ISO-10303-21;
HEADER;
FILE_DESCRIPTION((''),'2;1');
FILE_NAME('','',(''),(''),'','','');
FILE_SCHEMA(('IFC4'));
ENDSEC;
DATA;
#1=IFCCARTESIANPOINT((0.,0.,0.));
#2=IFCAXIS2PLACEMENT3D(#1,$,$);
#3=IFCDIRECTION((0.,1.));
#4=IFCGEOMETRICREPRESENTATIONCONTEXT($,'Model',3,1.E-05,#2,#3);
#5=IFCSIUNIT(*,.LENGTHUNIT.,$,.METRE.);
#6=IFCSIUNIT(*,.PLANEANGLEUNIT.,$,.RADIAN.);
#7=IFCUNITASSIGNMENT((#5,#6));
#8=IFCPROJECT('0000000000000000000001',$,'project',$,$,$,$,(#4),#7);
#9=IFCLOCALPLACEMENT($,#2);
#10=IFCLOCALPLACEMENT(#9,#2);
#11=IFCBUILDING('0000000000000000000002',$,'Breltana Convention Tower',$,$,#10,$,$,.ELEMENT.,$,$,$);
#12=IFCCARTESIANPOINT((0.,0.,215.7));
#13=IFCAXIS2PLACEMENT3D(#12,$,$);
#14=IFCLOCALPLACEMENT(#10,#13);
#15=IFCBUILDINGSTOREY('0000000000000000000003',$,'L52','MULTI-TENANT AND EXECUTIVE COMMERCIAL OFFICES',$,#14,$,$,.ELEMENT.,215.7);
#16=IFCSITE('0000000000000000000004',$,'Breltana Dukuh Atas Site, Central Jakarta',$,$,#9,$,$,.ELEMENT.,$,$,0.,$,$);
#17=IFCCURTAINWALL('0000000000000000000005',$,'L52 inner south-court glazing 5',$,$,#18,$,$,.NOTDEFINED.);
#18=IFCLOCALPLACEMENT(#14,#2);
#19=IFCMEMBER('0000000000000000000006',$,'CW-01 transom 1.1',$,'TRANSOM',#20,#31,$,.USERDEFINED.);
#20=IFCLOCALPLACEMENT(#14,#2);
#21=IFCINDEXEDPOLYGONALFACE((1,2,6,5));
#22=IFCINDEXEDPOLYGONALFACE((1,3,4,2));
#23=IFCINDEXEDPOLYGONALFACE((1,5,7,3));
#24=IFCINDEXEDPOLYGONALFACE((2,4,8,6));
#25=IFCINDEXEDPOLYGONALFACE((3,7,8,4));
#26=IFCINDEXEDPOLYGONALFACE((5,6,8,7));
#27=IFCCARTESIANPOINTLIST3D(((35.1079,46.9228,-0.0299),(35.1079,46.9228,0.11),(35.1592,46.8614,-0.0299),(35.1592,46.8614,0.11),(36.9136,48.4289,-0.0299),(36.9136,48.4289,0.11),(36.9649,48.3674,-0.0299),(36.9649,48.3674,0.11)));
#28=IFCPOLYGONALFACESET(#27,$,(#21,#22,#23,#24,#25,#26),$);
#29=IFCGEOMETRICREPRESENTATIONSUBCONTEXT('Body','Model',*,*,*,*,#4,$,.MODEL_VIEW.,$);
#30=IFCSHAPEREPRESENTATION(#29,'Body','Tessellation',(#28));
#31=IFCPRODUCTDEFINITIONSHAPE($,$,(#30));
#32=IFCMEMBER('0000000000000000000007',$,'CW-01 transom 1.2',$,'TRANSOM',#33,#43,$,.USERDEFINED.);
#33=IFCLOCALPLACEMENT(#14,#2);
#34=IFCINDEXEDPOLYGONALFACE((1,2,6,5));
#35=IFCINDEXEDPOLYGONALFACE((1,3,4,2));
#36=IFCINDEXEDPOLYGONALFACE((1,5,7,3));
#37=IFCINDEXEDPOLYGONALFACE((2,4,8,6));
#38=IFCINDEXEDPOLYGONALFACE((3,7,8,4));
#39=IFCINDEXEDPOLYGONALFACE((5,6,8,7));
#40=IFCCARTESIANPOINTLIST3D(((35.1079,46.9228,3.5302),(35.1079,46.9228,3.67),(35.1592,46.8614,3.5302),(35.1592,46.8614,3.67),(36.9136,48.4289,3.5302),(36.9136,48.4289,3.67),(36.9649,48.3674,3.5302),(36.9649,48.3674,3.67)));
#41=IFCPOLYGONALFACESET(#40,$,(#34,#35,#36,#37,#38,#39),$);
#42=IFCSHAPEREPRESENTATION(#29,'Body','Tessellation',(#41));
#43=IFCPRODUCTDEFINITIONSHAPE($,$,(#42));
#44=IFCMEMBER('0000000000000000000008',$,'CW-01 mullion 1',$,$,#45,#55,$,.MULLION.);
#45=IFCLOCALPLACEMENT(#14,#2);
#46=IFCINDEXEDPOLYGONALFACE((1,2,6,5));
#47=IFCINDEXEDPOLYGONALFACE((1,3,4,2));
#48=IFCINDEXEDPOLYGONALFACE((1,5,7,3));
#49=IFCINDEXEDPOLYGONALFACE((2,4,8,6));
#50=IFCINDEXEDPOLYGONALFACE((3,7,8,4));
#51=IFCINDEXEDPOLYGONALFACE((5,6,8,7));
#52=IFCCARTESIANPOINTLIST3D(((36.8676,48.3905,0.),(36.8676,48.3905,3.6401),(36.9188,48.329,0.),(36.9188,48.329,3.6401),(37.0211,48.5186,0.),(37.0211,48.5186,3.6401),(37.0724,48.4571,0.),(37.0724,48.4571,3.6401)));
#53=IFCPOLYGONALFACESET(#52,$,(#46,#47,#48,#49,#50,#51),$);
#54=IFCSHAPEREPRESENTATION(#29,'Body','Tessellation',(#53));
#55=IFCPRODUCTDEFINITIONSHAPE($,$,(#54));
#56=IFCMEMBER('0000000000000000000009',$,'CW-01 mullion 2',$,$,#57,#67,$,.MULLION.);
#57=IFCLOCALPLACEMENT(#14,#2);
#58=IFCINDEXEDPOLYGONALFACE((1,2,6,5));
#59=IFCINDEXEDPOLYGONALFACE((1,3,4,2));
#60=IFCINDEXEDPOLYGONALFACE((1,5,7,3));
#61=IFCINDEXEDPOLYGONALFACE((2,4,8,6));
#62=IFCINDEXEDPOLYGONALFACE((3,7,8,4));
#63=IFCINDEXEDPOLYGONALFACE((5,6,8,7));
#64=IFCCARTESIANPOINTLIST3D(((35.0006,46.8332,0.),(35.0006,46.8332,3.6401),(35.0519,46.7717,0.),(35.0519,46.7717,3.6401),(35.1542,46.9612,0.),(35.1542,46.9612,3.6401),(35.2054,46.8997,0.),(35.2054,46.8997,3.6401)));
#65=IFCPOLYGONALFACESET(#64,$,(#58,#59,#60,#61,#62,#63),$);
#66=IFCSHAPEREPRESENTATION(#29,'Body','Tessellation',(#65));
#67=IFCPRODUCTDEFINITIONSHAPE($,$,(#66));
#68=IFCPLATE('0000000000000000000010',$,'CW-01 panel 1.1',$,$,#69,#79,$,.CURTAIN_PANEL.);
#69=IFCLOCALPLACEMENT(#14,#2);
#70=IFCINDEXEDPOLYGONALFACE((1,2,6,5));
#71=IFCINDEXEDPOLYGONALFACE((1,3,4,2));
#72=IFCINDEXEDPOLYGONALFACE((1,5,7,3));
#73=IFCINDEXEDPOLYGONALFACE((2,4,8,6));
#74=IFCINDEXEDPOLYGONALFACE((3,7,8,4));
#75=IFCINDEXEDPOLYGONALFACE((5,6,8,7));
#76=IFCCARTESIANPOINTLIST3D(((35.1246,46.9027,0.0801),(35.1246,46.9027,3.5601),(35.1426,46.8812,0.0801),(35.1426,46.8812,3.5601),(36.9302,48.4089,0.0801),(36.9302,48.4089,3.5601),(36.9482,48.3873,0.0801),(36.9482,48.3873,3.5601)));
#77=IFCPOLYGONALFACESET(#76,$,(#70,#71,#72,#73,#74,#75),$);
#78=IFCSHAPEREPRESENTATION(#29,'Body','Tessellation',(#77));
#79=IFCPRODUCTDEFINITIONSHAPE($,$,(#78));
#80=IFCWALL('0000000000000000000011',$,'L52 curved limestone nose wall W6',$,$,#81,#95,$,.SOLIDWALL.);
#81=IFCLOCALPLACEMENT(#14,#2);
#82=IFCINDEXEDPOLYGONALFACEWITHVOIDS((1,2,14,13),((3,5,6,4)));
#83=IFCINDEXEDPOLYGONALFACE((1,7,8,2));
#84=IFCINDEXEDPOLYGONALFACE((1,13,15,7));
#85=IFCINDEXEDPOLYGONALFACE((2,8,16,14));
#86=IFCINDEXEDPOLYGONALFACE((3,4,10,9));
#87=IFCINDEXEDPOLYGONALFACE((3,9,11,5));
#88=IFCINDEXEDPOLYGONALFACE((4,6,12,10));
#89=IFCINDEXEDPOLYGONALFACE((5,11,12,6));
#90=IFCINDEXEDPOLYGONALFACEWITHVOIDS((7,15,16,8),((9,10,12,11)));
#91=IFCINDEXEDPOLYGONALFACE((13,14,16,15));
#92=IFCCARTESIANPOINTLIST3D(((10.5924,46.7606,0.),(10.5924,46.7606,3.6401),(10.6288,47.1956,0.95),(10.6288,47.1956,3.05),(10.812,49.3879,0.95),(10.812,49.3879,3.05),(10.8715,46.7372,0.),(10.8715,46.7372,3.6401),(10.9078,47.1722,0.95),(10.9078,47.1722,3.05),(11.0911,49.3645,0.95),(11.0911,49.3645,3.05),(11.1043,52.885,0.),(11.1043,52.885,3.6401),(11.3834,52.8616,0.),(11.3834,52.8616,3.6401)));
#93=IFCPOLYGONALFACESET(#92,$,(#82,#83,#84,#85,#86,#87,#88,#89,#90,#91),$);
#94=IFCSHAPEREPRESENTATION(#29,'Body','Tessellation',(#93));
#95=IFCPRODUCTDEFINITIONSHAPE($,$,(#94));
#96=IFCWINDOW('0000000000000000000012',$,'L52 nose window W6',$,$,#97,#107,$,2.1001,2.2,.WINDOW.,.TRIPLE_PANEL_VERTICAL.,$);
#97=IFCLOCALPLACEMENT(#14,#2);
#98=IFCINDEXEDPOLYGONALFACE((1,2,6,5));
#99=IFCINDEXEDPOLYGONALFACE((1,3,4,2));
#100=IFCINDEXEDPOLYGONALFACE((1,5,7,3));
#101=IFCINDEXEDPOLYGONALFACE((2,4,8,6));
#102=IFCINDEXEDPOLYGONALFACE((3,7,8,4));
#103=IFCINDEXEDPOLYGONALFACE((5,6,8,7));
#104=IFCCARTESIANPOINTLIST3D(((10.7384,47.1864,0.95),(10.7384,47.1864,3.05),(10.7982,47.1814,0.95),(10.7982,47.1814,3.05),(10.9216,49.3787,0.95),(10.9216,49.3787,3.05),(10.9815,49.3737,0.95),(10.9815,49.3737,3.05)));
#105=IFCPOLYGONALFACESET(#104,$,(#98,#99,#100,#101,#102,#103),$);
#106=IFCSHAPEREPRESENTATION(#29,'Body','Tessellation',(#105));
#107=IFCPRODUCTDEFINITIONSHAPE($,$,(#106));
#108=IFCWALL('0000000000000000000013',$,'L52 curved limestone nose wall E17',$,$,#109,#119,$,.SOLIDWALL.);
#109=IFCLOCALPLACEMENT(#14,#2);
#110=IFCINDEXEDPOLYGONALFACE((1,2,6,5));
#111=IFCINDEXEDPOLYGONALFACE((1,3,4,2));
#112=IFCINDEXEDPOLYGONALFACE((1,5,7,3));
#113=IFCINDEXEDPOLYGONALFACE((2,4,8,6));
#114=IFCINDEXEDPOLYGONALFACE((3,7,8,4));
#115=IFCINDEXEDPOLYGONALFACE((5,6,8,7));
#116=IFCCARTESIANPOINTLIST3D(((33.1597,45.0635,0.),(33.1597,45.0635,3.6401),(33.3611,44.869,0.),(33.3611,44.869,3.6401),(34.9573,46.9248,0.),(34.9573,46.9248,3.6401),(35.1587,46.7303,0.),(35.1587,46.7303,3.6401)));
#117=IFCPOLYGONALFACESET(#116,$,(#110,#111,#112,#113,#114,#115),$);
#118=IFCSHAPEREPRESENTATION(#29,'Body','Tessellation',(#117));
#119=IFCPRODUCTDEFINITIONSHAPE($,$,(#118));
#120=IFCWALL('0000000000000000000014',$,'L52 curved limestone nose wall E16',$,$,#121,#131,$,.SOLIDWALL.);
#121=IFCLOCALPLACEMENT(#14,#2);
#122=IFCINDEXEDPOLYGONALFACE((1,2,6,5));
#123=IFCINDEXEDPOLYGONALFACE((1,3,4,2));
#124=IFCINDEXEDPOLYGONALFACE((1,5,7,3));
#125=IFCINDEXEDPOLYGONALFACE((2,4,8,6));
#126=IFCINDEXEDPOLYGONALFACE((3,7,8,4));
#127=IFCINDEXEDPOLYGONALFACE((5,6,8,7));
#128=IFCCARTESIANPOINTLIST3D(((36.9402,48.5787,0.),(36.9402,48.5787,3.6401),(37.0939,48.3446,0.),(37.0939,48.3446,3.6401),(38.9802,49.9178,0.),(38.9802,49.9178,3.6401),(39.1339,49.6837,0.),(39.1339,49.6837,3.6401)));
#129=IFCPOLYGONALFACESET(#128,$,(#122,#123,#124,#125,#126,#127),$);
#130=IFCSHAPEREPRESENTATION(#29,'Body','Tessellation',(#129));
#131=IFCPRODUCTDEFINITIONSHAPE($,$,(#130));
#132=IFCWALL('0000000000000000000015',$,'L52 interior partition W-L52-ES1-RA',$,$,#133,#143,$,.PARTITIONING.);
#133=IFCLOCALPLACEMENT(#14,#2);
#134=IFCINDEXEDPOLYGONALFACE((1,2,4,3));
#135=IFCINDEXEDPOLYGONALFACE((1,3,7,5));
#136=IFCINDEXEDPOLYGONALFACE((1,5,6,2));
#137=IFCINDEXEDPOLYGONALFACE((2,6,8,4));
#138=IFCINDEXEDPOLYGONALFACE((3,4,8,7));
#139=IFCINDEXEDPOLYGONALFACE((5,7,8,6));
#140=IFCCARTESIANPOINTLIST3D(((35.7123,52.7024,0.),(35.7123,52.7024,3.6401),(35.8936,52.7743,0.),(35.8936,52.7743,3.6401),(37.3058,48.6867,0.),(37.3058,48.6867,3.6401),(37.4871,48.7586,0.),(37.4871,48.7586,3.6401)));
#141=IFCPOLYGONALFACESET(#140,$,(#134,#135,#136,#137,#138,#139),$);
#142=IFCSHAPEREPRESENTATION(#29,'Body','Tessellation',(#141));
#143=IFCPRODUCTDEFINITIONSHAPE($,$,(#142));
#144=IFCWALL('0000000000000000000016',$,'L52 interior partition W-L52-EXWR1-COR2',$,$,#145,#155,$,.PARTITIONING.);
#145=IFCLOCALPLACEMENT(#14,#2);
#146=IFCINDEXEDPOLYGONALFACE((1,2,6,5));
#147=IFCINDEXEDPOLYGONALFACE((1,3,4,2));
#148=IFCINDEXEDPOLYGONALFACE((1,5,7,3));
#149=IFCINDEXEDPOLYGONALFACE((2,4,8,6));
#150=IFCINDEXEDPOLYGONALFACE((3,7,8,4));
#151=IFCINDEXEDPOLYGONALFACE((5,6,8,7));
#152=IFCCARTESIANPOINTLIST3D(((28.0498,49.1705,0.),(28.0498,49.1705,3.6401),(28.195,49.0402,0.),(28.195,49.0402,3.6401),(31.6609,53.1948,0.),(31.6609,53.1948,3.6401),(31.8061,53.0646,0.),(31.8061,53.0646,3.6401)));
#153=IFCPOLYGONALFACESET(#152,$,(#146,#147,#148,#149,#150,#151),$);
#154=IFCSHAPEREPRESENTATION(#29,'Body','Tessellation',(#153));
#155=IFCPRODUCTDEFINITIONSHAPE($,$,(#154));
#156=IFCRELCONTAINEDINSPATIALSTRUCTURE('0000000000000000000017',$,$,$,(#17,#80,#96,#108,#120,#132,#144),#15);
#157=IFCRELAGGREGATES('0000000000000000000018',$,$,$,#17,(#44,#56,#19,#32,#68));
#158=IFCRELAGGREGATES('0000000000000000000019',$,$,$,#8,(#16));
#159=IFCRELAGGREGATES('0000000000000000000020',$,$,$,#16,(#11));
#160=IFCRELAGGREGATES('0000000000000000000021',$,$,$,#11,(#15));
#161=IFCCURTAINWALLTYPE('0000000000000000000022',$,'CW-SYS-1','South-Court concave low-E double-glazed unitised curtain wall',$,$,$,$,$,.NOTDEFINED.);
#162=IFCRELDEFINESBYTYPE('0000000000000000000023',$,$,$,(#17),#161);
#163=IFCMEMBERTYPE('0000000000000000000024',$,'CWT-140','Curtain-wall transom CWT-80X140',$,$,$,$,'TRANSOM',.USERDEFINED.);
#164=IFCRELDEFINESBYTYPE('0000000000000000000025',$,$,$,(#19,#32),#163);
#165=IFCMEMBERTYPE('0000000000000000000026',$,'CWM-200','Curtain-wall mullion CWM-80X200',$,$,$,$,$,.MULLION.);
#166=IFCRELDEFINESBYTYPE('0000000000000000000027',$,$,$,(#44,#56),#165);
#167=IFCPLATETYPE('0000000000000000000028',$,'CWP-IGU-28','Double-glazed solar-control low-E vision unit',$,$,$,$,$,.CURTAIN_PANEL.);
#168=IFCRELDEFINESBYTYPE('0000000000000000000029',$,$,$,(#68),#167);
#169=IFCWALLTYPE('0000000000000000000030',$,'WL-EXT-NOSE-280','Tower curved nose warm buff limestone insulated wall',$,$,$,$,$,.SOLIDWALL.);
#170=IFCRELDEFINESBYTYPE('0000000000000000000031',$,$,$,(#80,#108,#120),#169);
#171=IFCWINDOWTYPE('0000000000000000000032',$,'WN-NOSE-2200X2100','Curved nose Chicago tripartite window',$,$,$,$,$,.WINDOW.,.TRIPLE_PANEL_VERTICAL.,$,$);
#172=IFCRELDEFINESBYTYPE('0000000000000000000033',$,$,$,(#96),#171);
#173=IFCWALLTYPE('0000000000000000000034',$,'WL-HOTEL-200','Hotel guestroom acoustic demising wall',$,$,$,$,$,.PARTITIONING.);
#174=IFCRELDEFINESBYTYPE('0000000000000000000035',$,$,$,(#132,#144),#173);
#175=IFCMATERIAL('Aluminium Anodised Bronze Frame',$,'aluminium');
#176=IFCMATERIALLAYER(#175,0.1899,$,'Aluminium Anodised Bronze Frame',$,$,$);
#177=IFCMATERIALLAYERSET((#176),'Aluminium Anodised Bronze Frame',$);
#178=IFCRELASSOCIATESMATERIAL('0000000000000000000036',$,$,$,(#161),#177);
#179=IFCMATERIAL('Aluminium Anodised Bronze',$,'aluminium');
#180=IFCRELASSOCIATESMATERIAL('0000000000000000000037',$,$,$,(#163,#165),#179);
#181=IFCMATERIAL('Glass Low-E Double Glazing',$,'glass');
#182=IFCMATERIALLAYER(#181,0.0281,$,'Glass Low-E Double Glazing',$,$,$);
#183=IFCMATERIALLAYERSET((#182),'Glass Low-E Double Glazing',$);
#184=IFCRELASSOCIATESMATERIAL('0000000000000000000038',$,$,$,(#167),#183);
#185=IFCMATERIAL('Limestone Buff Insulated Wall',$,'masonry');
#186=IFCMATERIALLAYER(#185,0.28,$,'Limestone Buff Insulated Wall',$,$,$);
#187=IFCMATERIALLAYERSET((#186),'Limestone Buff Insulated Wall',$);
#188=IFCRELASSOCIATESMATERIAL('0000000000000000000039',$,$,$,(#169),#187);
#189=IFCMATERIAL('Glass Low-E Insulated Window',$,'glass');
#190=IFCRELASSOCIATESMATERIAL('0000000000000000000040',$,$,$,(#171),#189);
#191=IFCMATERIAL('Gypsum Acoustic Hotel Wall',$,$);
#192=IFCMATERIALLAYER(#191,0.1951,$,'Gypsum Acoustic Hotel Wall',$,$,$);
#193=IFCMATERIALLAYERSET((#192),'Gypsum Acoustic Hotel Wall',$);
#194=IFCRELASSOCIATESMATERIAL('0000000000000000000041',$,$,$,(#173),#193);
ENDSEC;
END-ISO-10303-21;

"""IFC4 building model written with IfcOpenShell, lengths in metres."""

from ifc_helpers import new_model, si_unit, direction, frame, frame_2d, origin, origin_2d, place, context, subcontext, project, spatial, rectangle, extrude, source, transform, mapped, material, layer, layer_set, material_profile, profile_set, type_object, type_shapes, element, fill, aggregate, save


model = new_model("IFC4")

# Units and contexts
model_context = context("Model", 3, precision=1e-05, world=origin(), true_north=direction((0.0, 1.0)))
body_context = subcontext(model_context, "Body", "Model", "MODEL_VIEW")
ifc_project = project(units=[si_unit("LENGTHUNIT", "METRE"), si_unit("PLANEANGLEUNIT", "RADIAN")], contexts=[model_context])

# Site, building, storey
site_placement = place(None, origin())
site = spatial("IfcSite", under=ifc_project, at=site_placement, Name="Breltana Dukuh Atas Site, Central Jakarta", CompositionType="ELEMENT", RefElevation=0.0)
building_placement = place(site_placement, origin())
building = spatial("IfcBuilding", under=site, at=building_placement, Name="Breltana Convention Tower", CompositionType="ELEMENT")
storey_placement = place(building_placement, frame((0.0, 0.0, 215.7)))
storey = spatial("IfcBuildingStorey", under=building, at=storey_placement, Name="L52", Description="MULTI-TENANT AND EXECUTIVE COMMERCIAL OFFICES", CompositionType="ELEMENT", Elevation=215.7)

# Curtain wall, members, plate
ifc_material_1 = material(Name="Aluminium Anodised Bronze Frame", Category="aluminium")
ifc_layer_1 = layer(ifc_material_1, 0.1899, Name="Aluminium Anodised Bronze Frame")
ifc_layer_set_1 = layer_set([ifc_layer_1], Name="Aluminium Anodised Bronze Frame")
curtain_wall_type = type_object("IfcCurtainWallType", Name="CW-SYS-1", Description="South-Court concave low-E double-glazed unitised curtain wall", PredefinedType="NOTDEFINED", material=ifc_layer_set_1)
curtain_wall_placement = place(storey_placement, origin())
curtain_wall = element("IfcCurtainWall", 1, at=curtain_wall_placement, inside=storey, type_object=curtain_wall_type, Name="L52 inner south-court glazing 5", PredefinedType="NOTDEFINED")
ifc_material_2 = material(Name="Aluminium Anodised Bronze", Category="aluminium")
ifc_material_profile_1 = material_profile(ifc_material_2, rectangle(XDim=0.0801, YDim=0.1399, at=origin_2d()), Name="CWT-80X140")
ifc_profile_set_1 = profile_set([ifc_material_profile_1], Name="Aluminium Anodised Bronze")
member_type_1 = type_object("IfcMemberType", Name="CWT-140", Description="Curtain-wall transom CWT-80X140", ElementType="TRANSOM", PredefinedType="USERDEFINED", material=ifc_profile_set_1)
shared_shape_1 = source(origin(), body_context, "Body", "SweptSolid", [
    extrude(rectangle(XDim=0.0801, YDim=0.1399, at=origin_2d()), origin(), (0.0, 0.0, 1.0), 2.3513),
])
member_1_placement = place(storey_placement, frame((36.9392, 48.3982, 0.04), z_axis=(-0.767932, -0.640532, 0.0), x_axis=(0.640532, -0.767932, 0.0)))
member_1 = element("IfcMember", 2, at=member_1_placement, type_object=member_type_1, Name="CW-01 transom 1.1", ObjectType="TRANSOM", PredefinedType="USERDEFINED", context=body_context, shape_type="MappedRepresentation", body=[
    mapped(shared_shape_1, transform((0.0, 0.0, 0.0), scale=1.0)),
])
member_2_placement = place(storey_placement, frame((36.9392, 48.3982, 3.6001), z_axis=(-0.767932, -0.640532, 0.0), x_axis=(0.640532, -0.767932, 0.0)))
member_2 = element("IfcMember", 3, at=member_2_placement, type_object=member_type_1, Name="CW-01 transom 1.2", ObjectType="TRANSOM", PredefinedType="USERDEFINED", context=body_context, shape_type="MappedRepresentation", body=[
    mapped(shared_shape_1, transform((0.0, 0.0, 0.0), scale=1.0)),
])
ifc_material_profile_2 = material_profile(ifc_material_2, rectangle(XDim=0.0801, YDim=0.2, at=origin_2d()), Name="CWM-80X200")
ifc_profile_set_2 = profile_set([ifc_material_profile_2], Name="Aluminium Anodised Bronze")
member_type_2 = type_object("IfcMemberType", Name="CWM-200", Description="Curtain-wall mullion CWM-80X200", PredefinedType="MULLION", material=ifc_profile_set_2)
shared_shape_2 = source(origin(), body_context, "Body", "SweptSolid", [
    extrude(rectangle(XDim=0.0801, YDim=0.2, at=origin_2d()), origin(), (0.0, 0.0, 1.0), 3.6401),
])
member_3_placement = place(storey_placement, frame((36.97, 48.4238, 0.0), z_axis=(0.0, 0.0, 1.0), x_axis=(0.640541, -0.767924, 0.0)))
member_3 = element("IfcMember", 4, at=member_3_placement, type_object=member_type_2, Name="CW-01 mullion 1", PredefinedType="MULLION", context=body_context, shape_type="MappedRepresentation", body=[
    mapped(shared_shape_2, transform((0.0, 0.0, 0.0), scale=1.0)),
])
member_4_placement = place(storey_placement, frame((35.103, 46.8665, 0.0), z_axis=(0.0, 0.0, 1.0), x_axis=(0.640541, -0.767924, 0.0)))
member_4 = element("IfcMember", 5, at=member_4_placement, type_object=member_type_2, Name="CW-01 mullion 2", PredefinedType="MULLION", context=body_context, shape_type="MappedRepresentation", body=[
    mapped(shared_shape_2, transform((0.0, 0.0, 0.0), scale=1.0)),
])
ifc_material_3 = material(Name="Glass Low-E Double Glazing", Category="glass")
ifc_layer_2 = layer(ifc_material_3, 0.0281, Name="Glass Low-E Double Glazing")
ifc_layer_set_2 = layer_set([ifc_layer_2], Name="Glass Low-E Double Glazing")
plate_type = type_object("IfcPlateType", Name="CWP-IGU-28", Description="Double-glazed solar-control low-E vision unit", PredefinedType="CURTAIN_PANEL", material=ifc_layer_set_2)
shared_shape_3 = source(origin(), body_context, "Body", "SweptSolid", [
    extrude(rectangle(XDim=2.3513, YDim=0.0281, at=origin_2d()), origin(), (0.0, 0.0, 1.0), 3.48),
])
plate_placement = place(storey_placement, frame((36.0364, 47.645, 0.0801), z_axis=(0.0, 0.0, 1.0), x_axis=(-0.767924, -0.640541, 0.0)))
plate = element("IfcPlate", 6, at=plate_placement, type_object=plate_type, Name="CW-01 panel 1.1", PredefinedType="CURTAIN_PANEL", context=body_context, shape_type="MappedRepresentation", body=[
    mapped(shared_shape_3, transform((0.0, 0.0, 0.0), scale=1.0)),
])
aggregate(curtain_wall, [member_3, member_4, member_1, member_2, plate])

# Wall, opening, window
ifc_material_4 = material(Name="Limestone Buff Insulated Wall", Category="masonry")
ifc_layer_3 = layer(ifc_material_4, 0.28, Name="Limestone Buff Insulated Wall")
ifc_layer_set_3 = layer_set([ifc_layer_3], Name="Limestone Buff Insulated Wall")
wall_type_1 = type_object("IfcWallType", Name="WL-EXT-NOSE-280", Description="Tower curved nose warm buff limestone insulated wall", PredefinedType="SOLIDWALL", material=ifc_layer_set_3)
shared_shape_4 = source(origin(), body_context, "Body", "SweptSolid", [
    extrude(rectangle(XDim=6.1458, YDim=0.28, at=frame_2d((3.0728, 0.0))), origin(), (0.0, 0.0, 1.0), 3.6401),
])
wall_1_placement = place(storey_placement, frame((10.7319, 46.749, 0.0), z_axis=(0.0, 0.0, 1.0), x_axis=(0.083302, 0.996524, 0.0)))
wall_1 = element("IfcWall", 7, at=wall_1_placement, inside=storey, type_object=wall_type_1, Name="L52 curved limestone nose wall W6", PredefinedType="SOLIDWALL", context=body_context, shape_type="MappedRepresentation", body=[
    mapped(shared_shape_4, transform((0.0, 0.0, 0.0), scale=1.0)),
])
opening_placement = place(wall_1_placement, frame((0.4363, 0.0, 0.95)))
opening = element("IfcOpeningElement", 8, at=opening_placement, cuts=wall_1, PredefinedType="OPENING", context=body_context, shape_type="SweptSolid", body=[
    extrude(rectangle(XDim=2.2, YDim=2.1001, at=frame_2d((1.1001, 1.05))), frame((0.0, 0.1499, 0.0), z_axis=(0.0, -1.0, 0.0), x_axis=(1.0, 0.0, 0.0)), (0.0, 0.0, 1.0), 0.3),
])
ifc_material_5 = material(Name="Glass Low-E Insulated Window", Category="glass")
window_type = type_object("IfcWindowType", Name="WN-NOSE-2200X2100", Description="Curved nose Chicago tripartite window", PartitioningType="TRIPLE_PANEL_VERTICAL", PredefinedType="WINDOW", material=ifc_material_5)
shared_shape_5 = source(origin(), body_context, "Body", "SweptSolid", [
    extrude(rectangle(XDim=2.2, YDim=2.1001, at=frame_2d((1.1001, 1.05))), frame((0.0, 0.03, 0.0), z_axis=(0.0, -1.0, 0.0), x_axis=(1.0, 0.0, 0.0)), (0.0, 0.0, 1.0), 0.0601),
])
type_shapes(window_type, [shared_shape_5])
window_placement = place(opening_placement, origin())
window = element("IfcWindow", 9, at=window_placement, inside=storey, type_object=window_type, Name="L52 nose window W6", OverallHeight=2.1001, OverallWidth=2.2, PartitioningType="TRIPLE_PANEL_VERTICAL", PredefinedType="WINDOW", context=body_context, shape_type="MappedRepresentation", body=[
    mapped(shared_shape_5, transform((0.0, 0.0, 0.0), scale=1.0)),
])
fill(opening, window)

# Walls
shared_shape_6 = source(origin(), body_context, "Body", "SweptSolid", [
    extrude(rectangle(XDim=2.5876, YDim=0.28, at=frame_2d((1.2939, 0.0))), origin(), (0.0, 0.0, 1.0), 3.6401),
])
wall_2_placement = place(storey_placement, frame((35.0581, 46.8276, 0.0), z_axis=(0.0, 0.0, 1.0), x_axis=(-0.694687, -0.719312, 0.0)))
element("IfcWall", 10, at=wall_2_placement, inside=storey, type_object=wall_type_1, Name="L52 curved limestone nose wall E17", PredefinedType="SOLIDWALL", context=body_context, shape_type="MappedRepresentation", body=[
    mapped(shared_shape_6, transform((0.0, 0.0, 0.0), scale=1.0)),
])
shared_shape_7 = source(origin(), body_context, "Body", "SweptSolid", [
    extrude(rectangle(XDim=2.4402, YDim=0.28, at=frame_2d((1.2202, 0.0))), origin(), (0.0, 0.0, 1.0), 3.6401),
])
wall_3_placement = place(storey_placement, frame((39.0571, 49.8008, 0.0), z_axis=(0.0, 0.0, 1.0), x_axis=(-0.835985, -0.548753, 0.0)))
element("IfcWall", 11, at=wall_3_placement, inside=storey, type_object=wall_type_1, Name="L52 curved limestone nose wall E16", PredefinedType="SOLIDWALL", context=body_context, shape_type="MappedRepresentation", body=[
    mapped(shared_shape_7, transform((0.0, 0.0, 0.0), scale=1.0)),
])
ifc_material_6 = material(Name="Gypsum Acoustic Hotel Wall")
ifc_layer_4 = layer(ifc_material_6, 0.1951, Name="Gypsum Acoustic Hotel Wall")
ifc_layer_set_4 = layer_set([ifc_layer_4], Name="Gypsum Acoustic Hotel Wall")
wall_type_2 = type_object("IfcWallType", Name="WL-HOTEL-200", Description="Hotel guestroom acoustic demising wall", PredefinedType="PARTITIONING", material=ifc_layer_set_4)
shared_shape_8 = source(origin(), body_context, "Body", "SweptSolid", [
    extrude(rectangle(XDim=4.3203, YDim=0.1951, at=frame_2d((2.1602, 0.0))), origin(), (0.0, 0.0, 1.0), 3.6401),
])
wall_4_placement = place(storey_placement, frame((37.3965, 48.7227, 0.0), z_axis=(0.0, 0.0, 1.0), x_axis=(-0.368846, 0.92949, 0.0)))
element("IfcWall", 12, at=wall_4_placement, inside=storey, type_object=wall_type_2, Name="L52 interior partition W-L52-ES1-RA", PredefinedType="PARTITIONING", context=body_context, shape_type="MappedRepresentation", body=[
    mapped(shared_shape_8, transform((0.0, 0.0, 0.0), scale=1.0)),
])
shared_shape_9 = source(origin(), body_context, "Body", "SweptSolid", [
    extrude(rectangle(XDim=5.407, YDim=0.1951, at=frame_2d((2.7036, 0.0))), origin(), (0.0, 0.0, 1.0), 3.6401),
])
wall_5_placement = place(storey_placement, frame((28.1223, 49.1052, 0.0), z_axis=(0.0, 0.0, 1.0), x_axis=(0.667851, 0.744295, 0.0)))
element("IfcWall", 13, at=wall_5_placement, inside=storey, type_object=wall_type_2, Name="L52 interior partition W-L52-EXWR1-COR2", PredefinedType="PARTITIONING", context=body_context, shape_type="MappedRepresentation", body=[
    mapped(shared_shape_9, transform((0.0, 0.0, 0.0), scale=1.0)),
])

save(model, "model.ifc")
